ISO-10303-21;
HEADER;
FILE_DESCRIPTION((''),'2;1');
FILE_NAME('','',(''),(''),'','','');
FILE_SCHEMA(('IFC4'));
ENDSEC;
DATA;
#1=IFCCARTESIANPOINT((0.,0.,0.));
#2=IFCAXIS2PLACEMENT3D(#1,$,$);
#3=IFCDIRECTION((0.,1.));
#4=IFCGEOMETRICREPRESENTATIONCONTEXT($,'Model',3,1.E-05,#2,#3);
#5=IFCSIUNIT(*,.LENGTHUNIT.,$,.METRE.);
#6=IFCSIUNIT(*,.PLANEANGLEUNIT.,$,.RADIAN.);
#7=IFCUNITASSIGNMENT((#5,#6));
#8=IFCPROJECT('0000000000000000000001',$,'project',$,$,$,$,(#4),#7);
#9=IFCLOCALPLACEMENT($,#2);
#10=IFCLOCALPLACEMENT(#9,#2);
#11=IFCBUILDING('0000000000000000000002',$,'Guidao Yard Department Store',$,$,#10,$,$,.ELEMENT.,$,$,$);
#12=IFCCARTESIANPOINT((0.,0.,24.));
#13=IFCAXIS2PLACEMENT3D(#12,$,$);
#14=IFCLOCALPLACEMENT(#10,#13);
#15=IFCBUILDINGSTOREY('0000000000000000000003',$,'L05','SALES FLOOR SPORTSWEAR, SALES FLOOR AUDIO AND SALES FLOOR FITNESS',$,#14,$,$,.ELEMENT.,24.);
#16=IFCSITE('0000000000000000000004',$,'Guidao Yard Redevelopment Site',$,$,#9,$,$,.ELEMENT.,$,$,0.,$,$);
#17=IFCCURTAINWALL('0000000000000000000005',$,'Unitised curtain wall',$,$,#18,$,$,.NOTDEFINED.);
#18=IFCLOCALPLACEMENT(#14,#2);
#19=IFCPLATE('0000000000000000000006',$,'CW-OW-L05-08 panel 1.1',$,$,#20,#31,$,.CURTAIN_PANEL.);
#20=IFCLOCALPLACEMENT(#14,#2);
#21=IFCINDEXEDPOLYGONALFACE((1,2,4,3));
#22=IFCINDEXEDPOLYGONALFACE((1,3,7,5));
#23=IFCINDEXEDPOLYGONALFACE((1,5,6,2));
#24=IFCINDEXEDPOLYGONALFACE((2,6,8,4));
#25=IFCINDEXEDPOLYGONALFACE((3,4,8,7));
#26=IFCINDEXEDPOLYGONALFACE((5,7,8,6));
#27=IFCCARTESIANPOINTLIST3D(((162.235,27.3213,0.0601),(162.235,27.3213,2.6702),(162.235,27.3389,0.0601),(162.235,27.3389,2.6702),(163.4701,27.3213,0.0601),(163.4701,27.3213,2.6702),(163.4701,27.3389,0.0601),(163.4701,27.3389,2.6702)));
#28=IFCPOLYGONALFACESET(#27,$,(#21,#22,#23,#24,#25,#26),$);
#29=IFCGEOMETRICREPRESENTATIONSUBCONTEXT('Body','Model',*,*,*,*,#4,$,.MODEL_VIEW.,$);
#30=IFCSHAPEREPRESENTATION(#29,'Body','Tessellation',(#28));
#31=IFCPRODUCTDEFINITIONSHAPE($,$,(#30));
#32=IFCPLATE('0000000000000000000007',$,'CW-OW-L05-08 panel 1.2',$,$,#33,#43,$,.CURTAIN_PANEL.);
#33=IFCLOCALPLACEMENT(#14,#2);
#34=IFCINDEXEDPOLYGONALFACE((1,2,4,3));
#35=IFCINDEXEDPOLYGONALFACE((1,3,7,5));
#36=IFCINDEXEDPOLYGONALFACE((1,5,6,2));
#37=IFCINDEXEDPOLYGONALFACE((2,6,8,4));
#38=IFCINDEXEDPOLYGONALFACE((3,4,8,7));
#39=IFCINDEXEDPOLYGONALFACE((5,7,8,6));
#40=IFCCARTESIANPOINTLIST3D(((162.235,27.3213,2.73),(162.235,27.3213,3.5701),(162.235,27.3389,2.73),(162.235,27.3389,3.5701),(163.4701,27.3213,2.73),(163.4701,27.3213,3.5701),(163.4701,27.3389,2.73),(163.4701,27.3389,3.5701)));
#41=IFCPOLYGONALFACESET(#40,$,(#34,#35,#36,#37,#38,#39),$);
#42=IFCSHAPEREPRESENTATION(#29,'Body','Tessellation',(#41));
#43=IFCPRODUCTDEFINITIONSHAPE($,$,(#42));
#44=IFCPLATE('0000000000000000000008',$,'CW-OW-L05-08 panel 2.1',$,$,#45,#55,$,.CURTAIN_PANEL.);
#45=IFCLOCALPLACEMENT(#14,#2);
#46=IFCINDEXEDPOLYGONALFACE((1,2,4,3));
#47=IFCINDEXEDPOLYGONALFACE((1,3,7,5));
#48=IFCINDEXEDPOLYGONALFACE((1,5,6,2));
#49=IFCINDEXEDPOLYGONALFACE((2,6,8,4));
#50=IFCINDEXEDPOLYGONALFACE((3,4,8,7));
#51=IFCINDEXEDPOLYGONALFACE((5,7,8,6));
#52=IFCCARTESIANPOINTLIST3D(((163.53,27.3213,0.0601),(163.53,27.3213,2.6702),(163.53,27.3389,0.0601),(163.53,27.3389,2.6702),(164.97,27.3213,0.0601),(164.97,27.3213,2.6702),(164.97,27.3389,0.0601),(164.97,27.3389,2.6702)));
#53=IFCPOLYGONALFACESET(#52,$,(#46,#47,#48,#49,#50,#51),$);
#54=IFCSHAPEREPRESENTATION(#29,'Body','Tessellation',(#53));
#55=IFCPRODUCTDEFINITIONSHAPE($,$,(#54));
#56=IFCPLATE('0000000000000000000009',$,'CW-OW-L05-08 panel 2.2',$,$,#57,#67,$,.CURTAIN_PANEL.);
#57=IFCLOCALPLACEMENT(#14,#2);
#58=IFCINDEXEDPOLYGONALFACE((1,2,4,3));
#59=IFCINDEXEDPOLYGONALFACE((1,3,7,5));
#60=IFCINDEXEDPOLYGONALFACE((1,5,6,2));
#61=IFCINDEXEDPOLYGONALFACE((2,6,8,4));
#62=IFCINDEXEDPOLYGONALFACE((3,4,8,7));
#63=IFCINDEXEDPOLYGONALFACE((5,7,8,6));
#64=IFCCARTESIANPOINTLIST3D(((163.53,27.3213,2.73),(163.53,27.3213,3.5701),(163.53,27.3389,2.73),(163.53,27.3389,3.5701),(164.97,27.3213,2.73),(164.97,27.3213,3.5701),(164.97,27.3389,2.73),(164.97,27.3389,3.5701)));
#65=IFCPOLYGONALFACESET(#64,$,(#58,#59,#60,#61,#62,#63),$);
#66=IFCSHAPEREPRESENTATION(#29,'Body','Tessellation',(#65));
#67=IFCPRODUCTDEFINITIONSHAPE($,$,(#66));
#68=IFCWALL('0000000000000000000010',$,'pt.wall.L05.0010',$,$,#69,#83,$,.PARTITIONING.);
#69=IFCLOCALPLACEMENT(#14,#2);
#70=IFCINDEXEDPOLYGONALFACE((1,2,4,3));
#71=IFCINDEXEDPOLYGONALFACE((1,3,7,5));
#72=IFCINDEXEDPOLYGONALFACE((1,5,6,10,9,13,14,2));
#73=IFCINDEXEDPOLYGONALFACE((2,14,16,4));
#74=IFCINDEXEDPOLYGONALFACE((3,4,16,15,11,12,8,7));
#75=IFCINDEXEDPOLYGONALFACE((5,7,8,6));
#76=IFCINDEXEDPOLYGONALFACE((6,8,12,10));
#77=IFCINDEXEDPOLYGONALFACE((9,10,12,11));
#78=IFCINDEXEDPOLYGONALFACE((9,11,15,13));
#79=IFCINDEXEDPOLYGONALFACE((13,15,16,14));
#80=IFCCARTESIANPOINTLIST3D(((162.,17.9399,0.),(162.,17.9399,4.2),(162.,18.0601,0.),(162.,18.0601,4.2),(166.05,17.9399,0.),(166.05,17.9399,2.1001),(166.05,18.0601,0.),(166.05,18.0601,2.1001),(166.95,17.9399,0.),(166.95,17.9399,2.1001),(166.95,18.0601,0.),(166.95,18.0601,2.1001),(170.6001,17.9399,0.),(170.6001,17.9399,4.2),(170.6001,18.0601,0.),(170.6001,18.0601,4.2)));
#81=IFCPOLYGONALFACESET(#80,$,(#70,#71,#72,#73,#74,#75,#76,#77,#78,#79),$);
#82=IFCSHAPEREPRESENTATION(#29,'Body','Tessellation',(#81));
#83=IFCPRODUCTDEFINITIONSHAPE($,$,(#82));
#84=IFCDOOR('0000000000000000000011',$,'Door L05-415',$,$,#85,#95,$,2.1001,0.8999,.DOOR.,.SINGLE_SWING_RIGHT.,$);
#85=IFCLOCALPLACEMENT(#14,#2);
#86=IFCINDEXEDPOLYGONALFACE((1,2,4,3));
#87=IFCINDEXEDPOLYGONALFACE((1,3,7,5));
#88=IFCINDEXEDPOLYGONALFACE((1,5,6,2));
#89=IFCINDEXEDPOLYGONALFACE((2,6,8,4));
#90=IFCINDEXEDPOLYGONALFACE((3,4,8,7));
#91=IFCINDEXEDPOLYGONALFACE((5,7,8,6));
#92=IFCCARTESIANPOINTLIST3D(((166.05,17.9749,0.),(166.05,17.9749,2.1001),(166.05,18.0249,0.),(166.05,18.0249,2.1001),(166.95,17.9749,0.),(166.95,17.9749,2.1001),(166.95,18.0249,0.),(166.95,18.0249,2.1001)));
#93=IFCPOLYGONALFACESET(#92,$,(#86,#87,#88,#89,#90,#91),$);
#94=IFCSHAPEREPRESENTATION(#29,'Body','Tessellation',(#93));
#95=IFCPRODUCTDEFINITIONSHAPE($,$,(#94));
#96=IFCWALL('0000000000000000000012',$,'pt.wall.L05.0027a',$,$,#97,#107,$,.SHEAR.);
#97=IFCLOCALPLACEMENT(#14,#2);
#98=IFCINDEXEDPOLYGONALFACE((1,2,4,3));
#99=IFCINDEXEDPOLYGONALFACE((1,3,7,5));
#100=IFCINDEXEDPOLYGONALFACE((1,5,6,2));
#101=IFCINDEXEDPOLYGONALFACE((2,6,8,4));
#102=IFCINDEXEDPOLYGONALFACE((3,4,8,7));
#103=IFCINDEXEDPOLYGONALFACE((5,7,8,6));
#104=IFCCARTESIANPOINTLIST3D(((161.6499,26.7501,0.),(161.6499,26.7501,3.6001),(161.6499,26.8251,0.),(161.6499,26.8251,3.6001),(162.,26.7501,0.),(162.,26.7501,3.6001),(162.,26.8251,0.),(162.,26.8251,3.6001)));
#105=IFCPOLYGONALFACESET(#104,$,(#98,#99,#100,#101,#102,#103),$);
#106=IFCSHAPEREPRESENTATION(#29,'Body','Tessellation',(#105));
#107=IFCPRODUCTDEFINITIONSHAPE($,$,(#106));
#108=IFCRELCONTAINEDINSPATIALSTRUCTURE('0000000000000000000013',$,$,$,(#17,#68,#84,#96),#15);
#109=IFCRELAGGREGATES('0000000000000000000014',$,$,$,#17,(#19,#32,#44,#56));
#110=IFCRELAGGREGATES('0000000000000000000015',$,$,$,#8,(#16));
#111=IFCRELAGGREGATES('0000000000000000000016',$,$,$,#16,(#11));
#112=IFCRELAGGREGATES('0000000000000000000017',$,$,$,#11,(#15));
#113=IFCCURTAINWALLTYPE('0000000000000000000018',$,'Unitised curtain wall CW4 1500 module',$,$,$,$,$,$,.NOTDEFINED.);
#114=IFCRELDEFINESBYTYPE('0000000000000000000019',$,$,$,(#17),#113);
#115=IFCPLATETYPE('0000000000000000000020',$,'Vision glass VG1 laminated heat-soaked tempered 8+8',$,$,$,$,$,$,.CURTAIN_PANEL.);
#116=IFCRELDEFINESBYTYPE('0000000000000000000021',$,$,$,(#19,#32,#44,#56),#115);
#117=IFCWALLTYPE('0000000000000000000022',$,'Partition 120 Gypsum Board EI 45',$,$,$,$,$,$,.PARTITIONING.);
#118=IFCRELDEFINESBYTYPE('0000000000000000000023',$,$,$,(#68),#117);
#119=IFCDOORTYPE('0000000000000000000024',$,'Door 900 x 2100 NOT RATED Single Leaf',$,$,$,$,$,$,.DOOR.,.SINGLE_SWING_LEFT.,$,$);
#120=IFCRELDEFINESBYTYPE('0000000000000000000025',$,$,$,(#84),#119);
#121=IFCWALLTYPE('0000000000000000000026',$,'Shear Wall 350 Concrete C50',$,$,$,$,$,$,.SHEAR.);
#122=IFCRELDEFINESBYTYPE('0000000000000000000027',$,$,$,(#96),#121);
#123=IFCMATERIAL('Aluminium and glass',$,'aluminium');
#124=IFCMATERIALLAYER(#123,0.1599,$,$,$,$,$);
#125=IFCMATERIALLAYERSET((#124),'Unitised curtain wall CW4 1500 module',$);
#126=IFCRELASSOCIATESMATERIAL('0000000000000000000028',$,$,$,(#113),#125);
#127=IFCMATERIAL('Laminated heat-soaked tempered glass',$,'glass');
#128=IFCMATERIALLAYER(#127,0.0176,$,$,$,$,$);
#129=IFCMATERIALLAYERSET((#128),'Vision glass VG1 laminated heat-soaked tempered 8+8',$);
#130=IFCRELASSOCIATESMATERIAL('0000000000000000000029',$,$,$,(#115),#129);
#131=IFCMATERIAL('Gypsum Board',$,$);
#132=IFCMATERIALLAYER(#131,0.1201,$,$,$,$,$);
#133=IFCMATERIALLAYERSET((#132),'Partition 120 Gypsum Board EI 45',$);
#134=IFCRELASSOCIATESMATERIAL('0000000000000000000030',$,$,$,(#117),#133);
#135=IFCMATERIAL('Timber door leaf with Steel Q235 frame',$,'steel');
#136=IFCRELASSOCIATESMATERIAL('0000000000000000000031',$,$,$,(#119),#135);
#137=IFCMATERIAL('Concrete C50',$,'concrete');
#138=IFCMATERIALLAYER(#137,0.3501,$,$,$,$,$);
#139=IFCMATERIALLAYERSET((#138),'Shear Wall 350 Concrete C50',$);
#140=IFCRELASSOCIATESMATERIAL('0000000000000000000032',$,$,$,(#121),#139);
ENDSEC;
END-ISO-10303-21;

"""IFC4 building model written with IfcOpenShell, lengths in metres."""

from ifc_helpers import new_model, si_unit, direction, frame, frame_2d, origin, origin_2d, place, context, subcontext, project, spatial, rectangle, extrude, material, layer, layer_set, type_object, element, fill, aggregate, save


model = new_model("IFC4")

# Units and contexts
model_context = context("Model", 3, precision=1e-05, world=origin(), true_north=direction((0.0, 1.0)))
body_context = subcontext(model_context, "Body", "Model", "MODEL_VIEW")
ifc_project = project(units=[si_unit("LENGTHUNIT", "METRE"), si_unit("PLANEANGLEUNIT", "RADIAN")], contexts=[model_context])

# Site, building, storey
site_placement = place(None, origin())
site = spatial("IfcSite", under=ifc_project, at=site_placement, Name="Guidao Yard Redevelopment Site", CompositionType="ELEMENT", RefElevation=0.0)
building_placement = place(site_placement, origin())
building = spatial("IfcBuilding", under=site, at=building_placement, Name="Guidao Yard Department Store", CompositionType="ELEMENT")
storey_placement = place(building_placement, frame((0.0, 0.0, 24.0)))
storey = spatial("IfcBuildingStorey", under=building, at=storey_placement, Name="L05", Description="SALES FLOOR SPORTSWEAR, SALES FLOOR AUDIO AND SALES FLOOR FITNESS", CompositionType="ELEMENT", Elevation=24.0)

# Curtain wall
ifc_material_1 = material(Name="Aluminium and glass", Category="aluminium")
ifc_layer_1 = layer(ifc_material_1, 0.1599)
ifc_layer_set_1 = layer_set([ifc_layer_1], Name="Unitised curtain wall CW4 1500 module")
curtain_wall_type = type_object("IfcCurtainWallType", Name="Unitised curtain wall CW4 1500 module", PredefinedType="NOTDEFINED", material=ifc_layer_set_1)
curtain_wall_placement = place(storey_placement, origin())
curtain_wall = element("IfcCurtainWall", 1, at=curtain_wall_placement, inside=storey, type_object=curtain_wall_type, Name="Unitised curtain wall", PredefinedType="NOTDEFINED")

# Plates
ifc_material_2 = material(Name="Laminated heat-soaked tempered glass", Category="glass")
ifc_layer_2 = layer(ifc_material_2, 0.0176)
ifc_layer_set_2 = layer_set([ifc_layer_2], Name="Vision glass VG1 laminated heat-soaked tempered 8+8")
plate_type_1 = type_object("IfcPlateType", Name="Vision glass VG1 laminated heat-soaked tempered 8+8", PredefinedType="CURTAIN_PANEL", material=ifc_layer_set_2)
plate_1_placement = place(storey_placement, frame((162.8525, 27.3301, 0.0601), z_axis=(0.0, 0.0, 1.0), x_axis=(1.0, 0.0, 0.0)))
plate_1 = element("IfcPlate", 2, at=plate_1_placement, type_object=plate_type_1, Name="CW-OW-L05-08 panel 1.1", PredefinedType="CURTAIN_PANEL", context=body_context, shape_type="SweptSolid", body=[
    extrude(rectangle(XDim=1.2351, YDim=0.0176, at=origin_2d()), origin(), (0.0, 0.0, 1.0), 2.6101),
])
plate_2_placement = place(storey_placement, frame((162.8525, 27.3301, 2.73), z_axis=(0.0, 0.0, 1.0), x_axis=(1.0, 0.0, 0.0)))
plate_2 = element("IfcPlate", 3, at=plate_2_placement, type_object=plate_type_1, Name="CW-OW-L05-08 panel 1.2", PredefinedType="CURTAIN_PANEL", context=body_context, shape_type="SweptSolid", body=[
    extrude(rectangle(XDim=1.2351, YDim=0.0176, at=origin_2d()), origin(), (0.0, 0.0, 1.0), 0.8401),
])
plate_3_placement = place(storey_placement, frame((164.25, 27.3301, 0.0601), z_axis=(0.0, 0.0, 1.0), x_axis=(1.0, 0.0, 0.0)))
plate_3 = element("IfcPlate", 4, at=plate_3_placement, type_object=plate_type_1, Name="CW-OW-L05-08 panel 2.1", PredefinedType="CURTAIN_PANEL", context=body_context, shape_type="SweptSolid", body=[
    extrude(rectangle(XDim=1.4399, YDim=0.0176, at=origin_2d()), origin(), (0.0, 0.0, 1.0), 2.6101),
])
plate_4_placement = place(storey_placement, frame((164.25, 27.3301, 2.73), z_axis=(0.0, 0.0, 1.0), x_axis=(1.0, 0.0, 0.0)))
plate_4 = element("IfcPlate", 5, at=plate_4_placement, type_object=plate_type_1, Name="CW-OW-L05-08 panel 2.2", PredefinedType="CURTAIN_PANEL", context=body_context, shape_type="SweptSolid", body=[
    extrude(rectangle(XDim=1.4399, YDim=0.0176, at=origin_2d()), origin(), (0.0, 0.0, 1.0), 0.8401),
])
aggregate(curtain_wall, [plate_1, plate_2, plate_3, plate_4])

# Wall, opening, door
ifc_material_3 = material(Name="Gypsum Board")
ifc_layer_3 = layer(ifc_material_3, 0.1201)
ifc_layer_set_3 = layer_set([ifc_layer_3], Name="Partition 120 Gypsum Board EI 45")
wall_type_1 = type_object("IfcWallType", Name="Partition 120 Gypsum Board EI 45", PredefinedType="PARTITIONING", material=ifc_layer_set_3)
wall_1_placement = place(storey_placement, frame((162.0, 18.0, 0.0), z_axis=(0.0, 0.0, 1.0), x_axis=(1.0, 0.0, 0.0)))
wall_1 = element("IfcWall", 6, at=wall_1_placement, inside=storey, type_object=wall_type_1, Name="pt.wall.L05.0010", PredefinedType="PARTITIONING", context=body_context, shape_type="SweptSolid", body=[
    extrude(rectangle(XDim=8.6001, YDim=0.1201, at=frame_2d((4.3, 0.0))), origin(), (0.0, 0.0, 1.0), 4.2),
])
opening_placement = place(wall_1_placement, frame((4.05, 0.0, 0.0)))
opening = element("IfcOpeningElement", 7, at=opening_placement, cuts=wall_1, PredefinedType="OPENING", context=body_context, shape_type="SweptSolid", body=[
    extrude(rectangle(XDim=0.8999, YDim=2.1001, at=frame_2d((0.45, 1.05))), frame((0.0, 0.0701, 0.0), z_axis=(0.0, -1.0, 0.0), x_axis=(1.0, 0.0, 0.0)), (0.0, 0.0, 1.0), 0.1401),
])
ifc_material_4 = material(Name="Timber door leaf with Steel Q235 frame", Category="steel")
door_type = type_object("IfcDoorType", Name="Door 900 x 2100 NOT RATED Single Leaf", OperationType="SINGLE_SWING_LEFT", PredefinedType="DOOR", material=ifc_material_4)
door_placement = place(opening_placement, origin())
door = element("IfcDoor", 8, at=door_placement, inside=storey, type_object=door_type, Name="Door L05-415", OperationType="SINGLE_SWING_RIGHT", OverallHeight=2.1001, OverallWidth=0.8999, PredefinedType="DOOR", context=body_context, shape_type="SweptSolid", body=[
    extrude(rectangle(XDim=0.8999, YDim=2.1001, at=frame_2d((0.45, 1.05))), frame((0.0, 0.0249, 0.0), z_axis=(0.0, -1.0, 0.0), x_axis=(1.0, 0.0, 0.0)), (0.0, 0.0, 1.0), 0.05),
])
fill(opening, door)

# Wall
ifc_material_5 = material(Name="Concrete C50", Category="concrete")
ifc_layer_4 = layer(ifc_material_5, 0.3501)
ifc_layer_set_4 = layer_set([ifc_layer_4], Name="Shear Wall 350 Concrete C50")
wall_type_2 = type_object("IfcWallType", Name="Shear Wall 350 Concrete C50", PredefinedType="SHEAR", material=ifc_layer_set_4)
wall_2_placement = place(storey_placement, frame((161.825, 26.75, 0.0), z_axis=(0.0, 0.0, 1.0), x_axis=(0.0, 1.0, 0.0)))
element("IfcWall", 9, at=wall_2_placement, inside=storey, type_object=wall_type_2, Name="pt.wall.L05.0027a", PredefinedType="SHEAR", context=body_context, shape_type="SweptSolid", body=[
    extrude(rectangle(XDim=0.075, YDim=0.3501, at=frame_2d((0.0376, 0.0))), origin(), (0.0, 0.0, 1.0), 3.6001),
])

save(model, "model.ifc")
